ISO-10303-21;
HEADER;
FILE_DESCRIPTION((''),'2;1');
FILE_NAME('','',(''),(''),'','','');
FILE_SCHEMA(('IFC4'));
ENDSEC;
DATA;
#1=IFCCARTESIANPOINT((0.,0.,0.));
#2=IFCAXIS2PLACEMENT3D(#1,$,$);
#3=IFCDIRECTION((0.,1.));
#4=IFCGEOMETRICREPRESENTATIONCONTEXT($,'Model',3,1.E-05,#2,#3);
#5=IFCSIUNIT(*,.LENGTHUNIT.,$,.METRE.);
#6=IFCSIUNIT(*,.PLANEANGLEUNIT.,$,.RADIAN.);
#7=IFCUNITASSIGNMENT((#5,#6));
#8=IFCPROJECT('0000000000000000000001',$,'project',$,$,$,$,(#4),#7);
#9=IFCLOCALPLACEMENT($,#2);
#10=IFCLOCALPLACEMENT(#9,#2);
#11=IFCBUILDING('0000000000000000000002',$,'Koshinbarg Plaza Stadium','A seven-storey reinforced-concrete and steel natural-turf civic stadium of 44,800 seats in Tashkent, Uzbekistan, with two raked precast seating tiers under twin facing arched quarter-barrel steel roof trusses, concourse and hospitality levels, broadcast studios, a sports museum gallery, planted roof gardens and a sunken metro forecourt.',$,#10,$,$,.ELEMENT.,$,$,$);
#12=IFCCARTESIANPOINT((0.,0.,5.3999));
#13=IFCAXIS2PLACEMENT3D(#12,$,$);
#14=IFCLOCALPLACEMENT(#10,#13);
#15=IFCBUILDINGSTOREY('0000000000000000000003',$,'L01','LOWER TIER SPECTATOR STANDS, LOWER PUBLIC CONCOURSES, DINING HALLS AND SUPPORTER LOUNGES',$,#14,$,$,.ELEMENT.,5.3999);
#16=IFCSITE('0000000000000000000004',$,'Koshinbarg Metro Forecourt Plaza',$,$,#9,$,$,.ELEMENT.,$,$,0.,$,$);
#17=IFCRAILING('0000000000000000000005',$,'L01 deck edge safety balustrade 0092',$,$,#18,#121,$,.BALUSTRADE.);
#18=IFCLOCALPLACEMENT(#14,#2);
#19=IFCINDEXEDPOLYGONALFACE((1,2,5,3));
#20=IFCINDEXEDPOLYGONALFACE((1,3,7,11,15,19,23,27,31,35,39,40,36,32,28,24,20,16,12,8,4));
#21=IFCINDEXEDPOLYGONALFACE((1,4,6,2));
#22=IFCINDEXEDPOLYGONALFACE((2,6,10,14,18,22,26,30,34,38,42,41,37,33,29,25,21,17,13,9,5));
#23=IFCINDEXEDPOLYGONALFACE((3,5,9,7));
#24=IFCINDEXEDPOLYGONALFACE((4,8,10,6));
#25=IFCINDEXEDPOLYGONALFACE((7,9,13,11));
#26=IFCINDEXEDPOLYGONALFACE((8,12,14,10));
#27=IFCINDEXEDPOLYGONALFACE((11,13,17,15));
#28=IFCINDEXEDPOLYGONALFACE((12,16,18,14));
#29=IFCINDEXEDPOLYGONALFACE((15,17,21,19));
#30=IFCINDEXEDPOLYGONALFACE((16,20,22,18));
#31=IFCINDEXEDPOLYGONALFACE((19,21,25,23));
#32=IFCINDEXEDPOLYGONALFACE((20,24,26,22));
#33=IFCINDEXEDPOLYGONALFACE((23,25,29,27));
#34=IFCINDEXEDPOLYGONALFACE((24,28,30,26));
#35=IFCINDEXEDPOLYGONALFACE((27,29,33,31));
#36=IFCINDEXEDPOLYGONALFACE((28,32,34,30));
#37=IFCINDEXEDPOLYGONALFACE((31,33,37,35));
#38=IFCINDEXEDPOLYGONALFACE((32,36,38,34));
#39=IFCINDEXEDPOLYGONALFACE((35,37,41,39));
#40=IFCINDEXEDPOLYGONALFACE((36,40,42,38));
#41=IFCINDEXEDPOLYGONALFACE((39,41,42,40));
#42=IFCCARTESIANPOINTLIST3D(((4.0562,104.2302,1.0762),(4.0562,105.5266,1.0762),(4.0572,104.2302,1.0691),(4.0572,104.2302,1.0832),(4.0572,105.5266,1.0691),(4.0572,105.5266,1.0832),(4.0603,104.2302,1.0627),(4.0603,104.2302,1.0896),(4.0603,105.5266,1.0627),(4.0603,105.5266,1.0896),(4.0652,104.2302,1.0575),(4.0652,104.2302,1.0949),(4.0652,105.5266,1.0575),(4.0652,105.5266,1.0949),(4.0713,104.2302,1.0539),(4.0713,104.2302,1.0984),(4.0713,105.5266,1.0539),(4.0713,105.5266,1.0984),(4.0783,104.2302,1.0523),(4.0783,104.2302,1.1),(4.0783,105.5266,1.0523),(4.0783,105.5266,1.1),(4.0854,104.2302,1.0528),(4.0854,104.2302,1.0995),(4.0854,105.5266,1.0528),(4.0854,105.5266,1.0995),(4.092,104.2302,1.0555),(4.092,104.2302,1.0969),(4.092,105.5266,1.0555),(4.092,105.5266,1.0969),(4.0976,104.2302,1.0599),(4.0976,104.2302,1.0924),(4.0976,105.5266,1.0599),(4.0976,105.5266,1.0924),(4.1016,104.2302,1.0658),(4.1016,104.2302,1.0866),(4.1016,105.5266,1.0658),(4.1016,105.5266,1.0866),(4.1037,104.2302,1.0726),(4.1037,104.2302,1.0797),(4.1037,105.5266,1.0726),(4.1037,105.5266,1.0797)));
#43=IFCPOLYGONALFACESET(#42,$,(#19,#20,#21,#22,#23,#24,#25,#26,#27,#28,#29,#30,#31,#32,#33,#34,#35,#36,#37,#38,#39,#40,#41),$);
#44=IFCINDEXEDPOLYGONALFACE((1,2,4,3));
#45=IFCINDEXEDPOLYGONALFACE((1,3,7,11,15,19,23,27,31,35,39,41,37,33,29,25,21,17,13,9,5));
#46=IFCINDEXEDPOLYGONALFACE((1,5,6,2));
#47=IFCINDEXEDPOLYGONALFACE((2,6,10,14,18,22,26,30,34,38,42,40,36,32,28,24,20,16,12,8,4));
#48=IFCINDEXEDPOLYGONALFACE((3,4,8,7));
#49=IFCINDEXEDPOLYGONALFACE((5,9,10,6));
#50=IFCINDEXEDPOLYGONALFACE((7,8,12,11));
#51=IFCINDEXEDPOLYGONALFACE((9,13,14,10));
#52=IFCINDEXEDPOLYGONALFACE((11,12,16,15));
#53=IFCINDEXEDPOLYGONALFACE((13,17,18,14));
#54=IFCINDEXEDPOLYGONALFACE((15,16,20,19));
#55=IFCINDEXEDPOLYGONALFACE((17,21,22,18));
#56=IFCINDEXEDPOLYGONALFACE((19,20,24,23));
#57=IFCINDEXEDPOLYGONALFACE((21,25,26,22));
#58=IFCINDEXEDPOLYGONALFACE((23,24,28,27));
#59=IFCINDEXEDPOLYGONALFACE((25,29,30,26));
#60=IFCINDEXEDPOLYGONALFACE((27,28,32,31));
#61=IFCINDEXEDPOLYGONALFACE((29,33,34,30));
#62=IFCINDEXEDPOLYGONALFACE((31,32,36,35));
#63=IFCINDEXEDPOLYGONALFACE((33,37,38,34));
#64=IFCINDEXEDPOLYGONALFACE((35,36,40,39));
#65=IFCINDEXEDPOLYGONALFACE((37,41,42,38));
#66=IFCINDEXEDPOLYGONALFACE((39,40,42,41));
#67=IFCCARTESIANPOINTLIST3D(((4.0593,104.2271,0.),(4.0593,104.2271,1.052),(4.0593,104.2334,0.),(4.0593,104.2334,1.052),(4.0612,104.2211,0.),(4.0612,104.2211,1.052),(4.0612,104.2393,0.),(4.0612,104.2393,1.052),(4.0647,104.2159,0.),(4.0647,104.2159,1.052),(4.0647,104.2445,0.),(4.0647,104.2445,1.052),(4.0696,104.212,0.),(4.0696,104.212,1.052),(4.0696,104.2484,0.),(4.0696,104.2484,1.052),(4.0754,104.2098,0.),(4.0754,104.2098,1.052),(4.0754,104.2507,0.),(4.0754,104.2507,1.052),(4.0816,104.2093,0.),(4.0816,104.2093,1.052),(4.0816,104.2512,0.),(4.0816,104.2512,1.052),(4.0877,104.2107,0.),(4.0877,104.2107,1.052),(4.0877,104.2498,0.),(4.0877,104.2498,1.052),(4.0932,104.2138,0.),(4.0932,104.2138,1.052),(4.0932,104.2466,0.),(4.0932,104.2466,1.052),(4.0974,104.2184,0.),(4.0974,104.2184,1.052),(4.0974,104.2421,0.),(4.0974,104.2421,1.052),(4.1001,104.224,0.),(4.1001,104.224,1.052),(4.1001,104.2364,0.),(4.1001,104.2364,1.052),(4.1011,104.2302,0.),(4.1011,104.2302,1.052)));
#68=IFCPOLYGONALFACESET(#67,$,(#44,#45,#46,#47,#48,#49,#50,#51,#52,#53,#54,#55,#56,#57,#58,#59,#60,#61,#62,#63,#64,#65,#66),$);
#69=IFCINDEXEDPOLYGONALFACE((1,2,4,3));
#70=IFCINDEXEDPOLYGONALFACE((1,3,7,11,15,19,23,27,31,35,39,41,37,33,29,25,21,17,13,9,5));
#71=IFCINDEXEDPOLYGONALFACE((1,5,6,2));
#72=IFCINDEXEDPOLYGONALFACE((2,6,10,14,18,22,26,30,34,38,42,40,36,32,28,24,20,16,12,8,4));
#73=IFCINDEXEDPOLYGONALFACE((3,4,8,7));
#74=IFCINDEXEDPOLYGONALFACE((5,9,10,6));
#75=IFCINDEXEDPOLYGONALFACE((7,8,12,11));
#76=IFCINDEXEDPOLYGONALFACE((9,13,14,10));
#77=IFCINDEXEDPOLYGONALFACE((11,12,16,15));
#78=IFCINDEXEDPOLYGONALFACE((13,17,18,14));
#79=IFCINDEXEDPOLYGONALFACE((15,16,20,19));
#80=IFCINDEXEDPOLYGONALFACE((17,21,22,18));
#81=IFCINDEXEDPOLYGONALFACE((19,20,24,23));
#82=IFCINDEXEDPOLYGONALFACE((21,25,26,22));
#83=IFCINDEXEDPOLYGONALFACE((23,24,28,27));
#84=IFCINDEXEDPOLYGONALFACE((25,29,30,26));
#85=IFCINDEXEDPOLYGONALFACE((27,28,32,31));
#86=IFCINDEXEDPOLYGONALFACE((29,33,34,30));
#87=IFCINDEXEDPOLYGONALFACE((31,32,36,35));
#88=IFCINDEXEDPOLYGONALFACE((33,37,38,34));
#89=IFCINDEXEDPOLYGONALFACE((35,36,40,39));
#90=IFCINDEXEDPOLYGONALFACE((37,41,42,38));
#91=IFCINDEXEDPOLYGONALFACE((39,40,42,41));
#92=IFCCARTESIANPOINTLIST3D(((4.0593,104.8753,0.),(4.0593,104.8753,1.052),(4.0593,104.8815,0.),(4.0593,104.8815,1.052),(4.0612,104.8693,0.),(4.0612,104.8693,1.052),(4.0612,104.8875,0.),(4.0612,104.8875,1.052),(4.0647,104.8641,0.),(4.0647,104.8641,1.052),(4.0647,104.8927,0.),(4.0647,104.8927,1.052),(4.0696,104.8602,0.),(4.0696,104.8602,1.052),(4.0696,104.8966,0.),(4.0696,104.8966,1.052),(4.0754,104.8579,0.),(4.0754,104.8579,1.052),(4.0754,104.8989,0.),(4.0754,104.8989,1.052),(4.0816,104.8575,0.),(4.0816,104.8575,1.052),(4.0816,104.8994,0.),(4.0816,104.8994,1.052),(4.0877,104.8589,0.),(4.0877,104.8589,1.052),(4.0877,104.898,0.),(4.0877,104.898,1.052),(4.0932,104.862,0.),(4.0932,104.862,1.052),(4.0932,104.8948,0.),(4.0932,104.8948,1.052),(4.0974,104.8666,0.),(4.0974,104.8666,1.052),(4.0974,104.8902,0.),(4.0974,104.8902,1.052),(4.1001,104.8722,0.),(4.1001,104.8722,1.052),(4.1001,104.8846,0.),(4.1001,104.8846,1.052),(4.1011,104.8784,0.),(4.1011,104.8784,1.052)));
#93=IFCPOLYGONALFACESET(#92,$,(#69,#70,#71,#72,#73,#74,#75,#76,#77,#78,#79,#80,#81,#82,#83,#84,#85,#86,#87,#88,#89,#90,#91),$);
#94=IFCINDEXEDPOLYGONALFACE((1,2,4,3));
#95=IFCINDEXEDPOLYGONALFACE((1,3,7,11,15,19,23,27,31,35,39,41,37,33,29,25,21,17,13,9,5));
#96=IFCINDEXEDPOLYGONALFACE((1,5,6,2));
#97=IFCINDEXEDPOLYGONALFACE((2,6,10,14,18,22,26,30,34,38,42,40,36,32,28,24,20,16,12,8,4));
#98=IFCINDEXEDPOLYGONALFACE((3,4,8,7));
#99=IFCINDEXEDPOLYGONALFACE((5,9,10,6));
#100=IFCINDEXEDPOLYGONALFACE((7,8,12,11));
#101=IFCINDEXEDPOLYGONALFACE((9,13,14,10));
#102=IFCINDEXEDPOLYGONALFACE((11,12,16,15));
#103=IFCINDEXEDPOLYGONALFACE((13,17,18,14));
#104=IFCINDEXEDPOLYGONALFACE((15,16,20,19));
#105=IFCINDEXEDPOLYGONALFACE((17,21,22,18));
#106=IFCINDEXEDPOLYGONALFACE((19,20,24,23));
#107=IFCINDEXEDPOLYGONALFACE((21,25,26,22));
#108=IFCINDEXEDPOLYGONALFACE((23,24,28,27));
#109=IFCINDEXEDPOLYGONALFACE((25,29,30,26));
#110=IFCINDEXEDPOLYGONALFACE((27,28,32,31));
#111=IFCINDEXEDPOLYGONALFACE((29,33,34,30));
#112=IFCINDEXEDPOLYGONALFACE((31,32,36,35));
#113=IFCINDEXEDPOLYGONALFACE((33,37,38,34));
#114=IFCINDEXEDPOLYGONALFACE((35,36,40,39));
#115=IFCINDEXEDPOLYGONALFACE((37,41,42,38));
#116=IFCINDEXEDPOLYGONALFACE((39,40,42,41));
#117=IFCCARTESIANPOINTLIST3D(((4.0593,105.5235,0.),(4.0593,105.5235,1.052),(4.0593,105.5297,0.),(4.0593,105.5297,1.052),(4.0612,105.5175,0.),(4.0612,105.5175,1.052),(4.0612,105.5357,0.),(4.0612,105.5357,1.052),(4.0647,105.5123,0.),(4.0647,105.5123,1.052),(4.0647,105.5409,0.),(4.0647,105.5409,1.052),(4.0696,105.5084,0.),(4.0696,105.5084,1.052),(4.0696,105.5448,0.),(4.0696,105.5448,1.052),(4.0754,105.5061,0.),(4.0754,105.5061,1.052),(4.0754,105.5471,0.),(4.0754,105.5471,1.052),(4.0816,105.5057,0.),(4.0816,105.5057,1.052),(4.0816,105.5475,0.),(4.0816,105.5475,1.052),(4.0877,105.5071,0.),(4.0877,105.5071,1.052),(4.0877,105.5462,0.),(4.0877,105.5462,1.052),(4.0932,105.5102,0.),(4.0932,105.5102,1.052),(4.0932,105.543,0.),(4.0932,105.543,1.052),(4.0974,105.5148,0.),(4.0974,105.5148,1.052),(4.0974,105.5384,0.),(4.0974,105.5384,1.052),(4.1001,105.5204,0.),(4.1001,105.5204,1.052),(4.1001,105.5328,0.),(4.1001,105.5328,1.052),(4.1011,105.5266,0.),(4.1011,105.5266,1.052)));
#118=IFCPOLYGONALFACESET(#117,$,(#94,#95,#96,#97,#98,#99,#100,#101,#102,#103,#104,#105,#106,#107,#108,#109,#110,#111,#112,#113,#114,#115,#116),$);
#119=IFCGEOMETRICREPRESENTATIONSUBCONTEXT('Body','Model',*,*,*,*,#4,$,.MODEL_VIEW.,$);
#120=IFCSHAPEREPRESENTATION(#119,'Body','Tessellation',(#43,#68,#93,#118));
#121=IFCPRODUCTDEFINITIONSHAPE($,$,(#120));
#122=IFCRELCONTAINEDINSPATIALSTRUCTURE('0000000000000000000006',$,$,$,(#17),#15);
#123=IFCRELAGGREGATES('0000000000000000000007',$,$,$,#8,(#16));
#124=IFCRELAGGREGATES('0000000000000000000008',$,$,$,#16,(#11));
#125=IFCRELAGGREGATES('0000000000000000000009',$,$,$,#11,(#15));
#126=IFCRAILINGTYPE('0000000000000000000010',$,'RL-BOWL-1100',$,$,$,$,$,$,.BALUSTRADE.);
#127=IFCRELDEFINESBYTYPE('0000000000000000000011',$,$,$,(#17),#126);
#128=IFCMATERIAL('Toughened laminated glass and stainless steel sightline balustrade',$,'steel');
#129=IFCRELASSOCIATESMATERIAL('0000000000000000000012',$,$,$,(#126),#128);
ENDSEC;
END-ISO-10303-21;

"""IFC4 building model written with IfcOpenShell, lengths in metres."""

from ifc_helpers import new_model, si_unit, direction, frame, origin, origin_2d, place, context, subcontext, project, spatial, circle, extrude, material, type_object, element, save


model = new_model("IFC4")

# Units and contexts
model_context = context("Model", 3, precision=1e-05, world=origin(), true_north=direction((0.0, 1.0)))
body_context = subcontext(model_context, "Body", "Model", "MODEL_VIEW")
ifc_project = project(units=[si_unit("LENGTHUNIT", "METRE"), si_unit("PLANEANGLEUNIT", "RADIAN")], contexts=[model_context])

# Site, building, storey
site_placement = place(None, origin())
site = spatial("IfcSite", under=ifc_project, at=site_placement, Name="Koshinbarg Metro Forecourt Plaza", CompositionType="ELEMENT", RefElevation=0.0)
building_placement = place(site_placement, origin())
building = spatial("IfcBuilding", under=site, at=building_placement, Name="Koshinbarg Plaza Stadium", Description="A seven-storey reinforced-concrete and steel natural-turf civic stadium of 44,800 seats in Tashkent, Uzbekistan, with two raked precast seating tiers under twin facing arched quarter-barrel steel roof trusses, concourse and hospitality levels, broadcast studios, a sports museum gallery, planted roof gardens and a sunken metro forecourt.", CompositionType="ELEMENT")
storey_placement = place(building_placement, frame((0.0, 0.0, 5.3999)))
storey = spatial("IfcBuildingStorey", under=building, at=storey_placement, Name="L01", Description="LOWER TIER SPECTATOR STANDS, LOWER PUBLIC CONCOURSES, DINING HALLS AND SUPPORTER LOUNGES", CompositionType="ELEMENT", Elevation=5.3999)

# Railing
ifc_material_1 = material(Name="Toughened laminated glass and stainless steel sightline balustrade", Category="steel")
railing_type = type_object("IfcRailingType", Name="RL-BOWL-1100", PredefinedType="BALUSTRADE", material=ifc_material_1)
railing_1_placement = place(storey_placement, frame((4.0801, 104.2302, 0.0)))
element("IfcRailing", 1, at=railing_1_placement, inside=storey, type_object=railing_type, Name="L01 deck edge safety balustrade 0092", PredefinedType="BALUSTRADE", context=body_context, shape_type="SweptSolid", body=[
    extrude(circle(Radius=0.0239, at=origin_2d()), frame((0.0, 0.0, 1.0762), z_axis=(0.0, 1.0, 0.0), x_axis=(-1.0, 0.0, 0.0)), (0.0, 0.0, 1.0), 1.2964),
    extrude(circle(Radius=0.021, at=origin_2d()), origin(), (0.0, 0.0, 1.0), 1.052),
    extrude(circle(Radius=0.021, at=origin_2d()), frame((0.0, 0.6482, 0.0)), (0.0, 0.0, 1.0), 1.052),
    extrude(circle(Radius=0.021, at=origin_2d()), frame((0.0, 1.2964, 0.0)), (0.0, 0.0, 1.0), 1.052),
])

save(model, "model.ifc")
